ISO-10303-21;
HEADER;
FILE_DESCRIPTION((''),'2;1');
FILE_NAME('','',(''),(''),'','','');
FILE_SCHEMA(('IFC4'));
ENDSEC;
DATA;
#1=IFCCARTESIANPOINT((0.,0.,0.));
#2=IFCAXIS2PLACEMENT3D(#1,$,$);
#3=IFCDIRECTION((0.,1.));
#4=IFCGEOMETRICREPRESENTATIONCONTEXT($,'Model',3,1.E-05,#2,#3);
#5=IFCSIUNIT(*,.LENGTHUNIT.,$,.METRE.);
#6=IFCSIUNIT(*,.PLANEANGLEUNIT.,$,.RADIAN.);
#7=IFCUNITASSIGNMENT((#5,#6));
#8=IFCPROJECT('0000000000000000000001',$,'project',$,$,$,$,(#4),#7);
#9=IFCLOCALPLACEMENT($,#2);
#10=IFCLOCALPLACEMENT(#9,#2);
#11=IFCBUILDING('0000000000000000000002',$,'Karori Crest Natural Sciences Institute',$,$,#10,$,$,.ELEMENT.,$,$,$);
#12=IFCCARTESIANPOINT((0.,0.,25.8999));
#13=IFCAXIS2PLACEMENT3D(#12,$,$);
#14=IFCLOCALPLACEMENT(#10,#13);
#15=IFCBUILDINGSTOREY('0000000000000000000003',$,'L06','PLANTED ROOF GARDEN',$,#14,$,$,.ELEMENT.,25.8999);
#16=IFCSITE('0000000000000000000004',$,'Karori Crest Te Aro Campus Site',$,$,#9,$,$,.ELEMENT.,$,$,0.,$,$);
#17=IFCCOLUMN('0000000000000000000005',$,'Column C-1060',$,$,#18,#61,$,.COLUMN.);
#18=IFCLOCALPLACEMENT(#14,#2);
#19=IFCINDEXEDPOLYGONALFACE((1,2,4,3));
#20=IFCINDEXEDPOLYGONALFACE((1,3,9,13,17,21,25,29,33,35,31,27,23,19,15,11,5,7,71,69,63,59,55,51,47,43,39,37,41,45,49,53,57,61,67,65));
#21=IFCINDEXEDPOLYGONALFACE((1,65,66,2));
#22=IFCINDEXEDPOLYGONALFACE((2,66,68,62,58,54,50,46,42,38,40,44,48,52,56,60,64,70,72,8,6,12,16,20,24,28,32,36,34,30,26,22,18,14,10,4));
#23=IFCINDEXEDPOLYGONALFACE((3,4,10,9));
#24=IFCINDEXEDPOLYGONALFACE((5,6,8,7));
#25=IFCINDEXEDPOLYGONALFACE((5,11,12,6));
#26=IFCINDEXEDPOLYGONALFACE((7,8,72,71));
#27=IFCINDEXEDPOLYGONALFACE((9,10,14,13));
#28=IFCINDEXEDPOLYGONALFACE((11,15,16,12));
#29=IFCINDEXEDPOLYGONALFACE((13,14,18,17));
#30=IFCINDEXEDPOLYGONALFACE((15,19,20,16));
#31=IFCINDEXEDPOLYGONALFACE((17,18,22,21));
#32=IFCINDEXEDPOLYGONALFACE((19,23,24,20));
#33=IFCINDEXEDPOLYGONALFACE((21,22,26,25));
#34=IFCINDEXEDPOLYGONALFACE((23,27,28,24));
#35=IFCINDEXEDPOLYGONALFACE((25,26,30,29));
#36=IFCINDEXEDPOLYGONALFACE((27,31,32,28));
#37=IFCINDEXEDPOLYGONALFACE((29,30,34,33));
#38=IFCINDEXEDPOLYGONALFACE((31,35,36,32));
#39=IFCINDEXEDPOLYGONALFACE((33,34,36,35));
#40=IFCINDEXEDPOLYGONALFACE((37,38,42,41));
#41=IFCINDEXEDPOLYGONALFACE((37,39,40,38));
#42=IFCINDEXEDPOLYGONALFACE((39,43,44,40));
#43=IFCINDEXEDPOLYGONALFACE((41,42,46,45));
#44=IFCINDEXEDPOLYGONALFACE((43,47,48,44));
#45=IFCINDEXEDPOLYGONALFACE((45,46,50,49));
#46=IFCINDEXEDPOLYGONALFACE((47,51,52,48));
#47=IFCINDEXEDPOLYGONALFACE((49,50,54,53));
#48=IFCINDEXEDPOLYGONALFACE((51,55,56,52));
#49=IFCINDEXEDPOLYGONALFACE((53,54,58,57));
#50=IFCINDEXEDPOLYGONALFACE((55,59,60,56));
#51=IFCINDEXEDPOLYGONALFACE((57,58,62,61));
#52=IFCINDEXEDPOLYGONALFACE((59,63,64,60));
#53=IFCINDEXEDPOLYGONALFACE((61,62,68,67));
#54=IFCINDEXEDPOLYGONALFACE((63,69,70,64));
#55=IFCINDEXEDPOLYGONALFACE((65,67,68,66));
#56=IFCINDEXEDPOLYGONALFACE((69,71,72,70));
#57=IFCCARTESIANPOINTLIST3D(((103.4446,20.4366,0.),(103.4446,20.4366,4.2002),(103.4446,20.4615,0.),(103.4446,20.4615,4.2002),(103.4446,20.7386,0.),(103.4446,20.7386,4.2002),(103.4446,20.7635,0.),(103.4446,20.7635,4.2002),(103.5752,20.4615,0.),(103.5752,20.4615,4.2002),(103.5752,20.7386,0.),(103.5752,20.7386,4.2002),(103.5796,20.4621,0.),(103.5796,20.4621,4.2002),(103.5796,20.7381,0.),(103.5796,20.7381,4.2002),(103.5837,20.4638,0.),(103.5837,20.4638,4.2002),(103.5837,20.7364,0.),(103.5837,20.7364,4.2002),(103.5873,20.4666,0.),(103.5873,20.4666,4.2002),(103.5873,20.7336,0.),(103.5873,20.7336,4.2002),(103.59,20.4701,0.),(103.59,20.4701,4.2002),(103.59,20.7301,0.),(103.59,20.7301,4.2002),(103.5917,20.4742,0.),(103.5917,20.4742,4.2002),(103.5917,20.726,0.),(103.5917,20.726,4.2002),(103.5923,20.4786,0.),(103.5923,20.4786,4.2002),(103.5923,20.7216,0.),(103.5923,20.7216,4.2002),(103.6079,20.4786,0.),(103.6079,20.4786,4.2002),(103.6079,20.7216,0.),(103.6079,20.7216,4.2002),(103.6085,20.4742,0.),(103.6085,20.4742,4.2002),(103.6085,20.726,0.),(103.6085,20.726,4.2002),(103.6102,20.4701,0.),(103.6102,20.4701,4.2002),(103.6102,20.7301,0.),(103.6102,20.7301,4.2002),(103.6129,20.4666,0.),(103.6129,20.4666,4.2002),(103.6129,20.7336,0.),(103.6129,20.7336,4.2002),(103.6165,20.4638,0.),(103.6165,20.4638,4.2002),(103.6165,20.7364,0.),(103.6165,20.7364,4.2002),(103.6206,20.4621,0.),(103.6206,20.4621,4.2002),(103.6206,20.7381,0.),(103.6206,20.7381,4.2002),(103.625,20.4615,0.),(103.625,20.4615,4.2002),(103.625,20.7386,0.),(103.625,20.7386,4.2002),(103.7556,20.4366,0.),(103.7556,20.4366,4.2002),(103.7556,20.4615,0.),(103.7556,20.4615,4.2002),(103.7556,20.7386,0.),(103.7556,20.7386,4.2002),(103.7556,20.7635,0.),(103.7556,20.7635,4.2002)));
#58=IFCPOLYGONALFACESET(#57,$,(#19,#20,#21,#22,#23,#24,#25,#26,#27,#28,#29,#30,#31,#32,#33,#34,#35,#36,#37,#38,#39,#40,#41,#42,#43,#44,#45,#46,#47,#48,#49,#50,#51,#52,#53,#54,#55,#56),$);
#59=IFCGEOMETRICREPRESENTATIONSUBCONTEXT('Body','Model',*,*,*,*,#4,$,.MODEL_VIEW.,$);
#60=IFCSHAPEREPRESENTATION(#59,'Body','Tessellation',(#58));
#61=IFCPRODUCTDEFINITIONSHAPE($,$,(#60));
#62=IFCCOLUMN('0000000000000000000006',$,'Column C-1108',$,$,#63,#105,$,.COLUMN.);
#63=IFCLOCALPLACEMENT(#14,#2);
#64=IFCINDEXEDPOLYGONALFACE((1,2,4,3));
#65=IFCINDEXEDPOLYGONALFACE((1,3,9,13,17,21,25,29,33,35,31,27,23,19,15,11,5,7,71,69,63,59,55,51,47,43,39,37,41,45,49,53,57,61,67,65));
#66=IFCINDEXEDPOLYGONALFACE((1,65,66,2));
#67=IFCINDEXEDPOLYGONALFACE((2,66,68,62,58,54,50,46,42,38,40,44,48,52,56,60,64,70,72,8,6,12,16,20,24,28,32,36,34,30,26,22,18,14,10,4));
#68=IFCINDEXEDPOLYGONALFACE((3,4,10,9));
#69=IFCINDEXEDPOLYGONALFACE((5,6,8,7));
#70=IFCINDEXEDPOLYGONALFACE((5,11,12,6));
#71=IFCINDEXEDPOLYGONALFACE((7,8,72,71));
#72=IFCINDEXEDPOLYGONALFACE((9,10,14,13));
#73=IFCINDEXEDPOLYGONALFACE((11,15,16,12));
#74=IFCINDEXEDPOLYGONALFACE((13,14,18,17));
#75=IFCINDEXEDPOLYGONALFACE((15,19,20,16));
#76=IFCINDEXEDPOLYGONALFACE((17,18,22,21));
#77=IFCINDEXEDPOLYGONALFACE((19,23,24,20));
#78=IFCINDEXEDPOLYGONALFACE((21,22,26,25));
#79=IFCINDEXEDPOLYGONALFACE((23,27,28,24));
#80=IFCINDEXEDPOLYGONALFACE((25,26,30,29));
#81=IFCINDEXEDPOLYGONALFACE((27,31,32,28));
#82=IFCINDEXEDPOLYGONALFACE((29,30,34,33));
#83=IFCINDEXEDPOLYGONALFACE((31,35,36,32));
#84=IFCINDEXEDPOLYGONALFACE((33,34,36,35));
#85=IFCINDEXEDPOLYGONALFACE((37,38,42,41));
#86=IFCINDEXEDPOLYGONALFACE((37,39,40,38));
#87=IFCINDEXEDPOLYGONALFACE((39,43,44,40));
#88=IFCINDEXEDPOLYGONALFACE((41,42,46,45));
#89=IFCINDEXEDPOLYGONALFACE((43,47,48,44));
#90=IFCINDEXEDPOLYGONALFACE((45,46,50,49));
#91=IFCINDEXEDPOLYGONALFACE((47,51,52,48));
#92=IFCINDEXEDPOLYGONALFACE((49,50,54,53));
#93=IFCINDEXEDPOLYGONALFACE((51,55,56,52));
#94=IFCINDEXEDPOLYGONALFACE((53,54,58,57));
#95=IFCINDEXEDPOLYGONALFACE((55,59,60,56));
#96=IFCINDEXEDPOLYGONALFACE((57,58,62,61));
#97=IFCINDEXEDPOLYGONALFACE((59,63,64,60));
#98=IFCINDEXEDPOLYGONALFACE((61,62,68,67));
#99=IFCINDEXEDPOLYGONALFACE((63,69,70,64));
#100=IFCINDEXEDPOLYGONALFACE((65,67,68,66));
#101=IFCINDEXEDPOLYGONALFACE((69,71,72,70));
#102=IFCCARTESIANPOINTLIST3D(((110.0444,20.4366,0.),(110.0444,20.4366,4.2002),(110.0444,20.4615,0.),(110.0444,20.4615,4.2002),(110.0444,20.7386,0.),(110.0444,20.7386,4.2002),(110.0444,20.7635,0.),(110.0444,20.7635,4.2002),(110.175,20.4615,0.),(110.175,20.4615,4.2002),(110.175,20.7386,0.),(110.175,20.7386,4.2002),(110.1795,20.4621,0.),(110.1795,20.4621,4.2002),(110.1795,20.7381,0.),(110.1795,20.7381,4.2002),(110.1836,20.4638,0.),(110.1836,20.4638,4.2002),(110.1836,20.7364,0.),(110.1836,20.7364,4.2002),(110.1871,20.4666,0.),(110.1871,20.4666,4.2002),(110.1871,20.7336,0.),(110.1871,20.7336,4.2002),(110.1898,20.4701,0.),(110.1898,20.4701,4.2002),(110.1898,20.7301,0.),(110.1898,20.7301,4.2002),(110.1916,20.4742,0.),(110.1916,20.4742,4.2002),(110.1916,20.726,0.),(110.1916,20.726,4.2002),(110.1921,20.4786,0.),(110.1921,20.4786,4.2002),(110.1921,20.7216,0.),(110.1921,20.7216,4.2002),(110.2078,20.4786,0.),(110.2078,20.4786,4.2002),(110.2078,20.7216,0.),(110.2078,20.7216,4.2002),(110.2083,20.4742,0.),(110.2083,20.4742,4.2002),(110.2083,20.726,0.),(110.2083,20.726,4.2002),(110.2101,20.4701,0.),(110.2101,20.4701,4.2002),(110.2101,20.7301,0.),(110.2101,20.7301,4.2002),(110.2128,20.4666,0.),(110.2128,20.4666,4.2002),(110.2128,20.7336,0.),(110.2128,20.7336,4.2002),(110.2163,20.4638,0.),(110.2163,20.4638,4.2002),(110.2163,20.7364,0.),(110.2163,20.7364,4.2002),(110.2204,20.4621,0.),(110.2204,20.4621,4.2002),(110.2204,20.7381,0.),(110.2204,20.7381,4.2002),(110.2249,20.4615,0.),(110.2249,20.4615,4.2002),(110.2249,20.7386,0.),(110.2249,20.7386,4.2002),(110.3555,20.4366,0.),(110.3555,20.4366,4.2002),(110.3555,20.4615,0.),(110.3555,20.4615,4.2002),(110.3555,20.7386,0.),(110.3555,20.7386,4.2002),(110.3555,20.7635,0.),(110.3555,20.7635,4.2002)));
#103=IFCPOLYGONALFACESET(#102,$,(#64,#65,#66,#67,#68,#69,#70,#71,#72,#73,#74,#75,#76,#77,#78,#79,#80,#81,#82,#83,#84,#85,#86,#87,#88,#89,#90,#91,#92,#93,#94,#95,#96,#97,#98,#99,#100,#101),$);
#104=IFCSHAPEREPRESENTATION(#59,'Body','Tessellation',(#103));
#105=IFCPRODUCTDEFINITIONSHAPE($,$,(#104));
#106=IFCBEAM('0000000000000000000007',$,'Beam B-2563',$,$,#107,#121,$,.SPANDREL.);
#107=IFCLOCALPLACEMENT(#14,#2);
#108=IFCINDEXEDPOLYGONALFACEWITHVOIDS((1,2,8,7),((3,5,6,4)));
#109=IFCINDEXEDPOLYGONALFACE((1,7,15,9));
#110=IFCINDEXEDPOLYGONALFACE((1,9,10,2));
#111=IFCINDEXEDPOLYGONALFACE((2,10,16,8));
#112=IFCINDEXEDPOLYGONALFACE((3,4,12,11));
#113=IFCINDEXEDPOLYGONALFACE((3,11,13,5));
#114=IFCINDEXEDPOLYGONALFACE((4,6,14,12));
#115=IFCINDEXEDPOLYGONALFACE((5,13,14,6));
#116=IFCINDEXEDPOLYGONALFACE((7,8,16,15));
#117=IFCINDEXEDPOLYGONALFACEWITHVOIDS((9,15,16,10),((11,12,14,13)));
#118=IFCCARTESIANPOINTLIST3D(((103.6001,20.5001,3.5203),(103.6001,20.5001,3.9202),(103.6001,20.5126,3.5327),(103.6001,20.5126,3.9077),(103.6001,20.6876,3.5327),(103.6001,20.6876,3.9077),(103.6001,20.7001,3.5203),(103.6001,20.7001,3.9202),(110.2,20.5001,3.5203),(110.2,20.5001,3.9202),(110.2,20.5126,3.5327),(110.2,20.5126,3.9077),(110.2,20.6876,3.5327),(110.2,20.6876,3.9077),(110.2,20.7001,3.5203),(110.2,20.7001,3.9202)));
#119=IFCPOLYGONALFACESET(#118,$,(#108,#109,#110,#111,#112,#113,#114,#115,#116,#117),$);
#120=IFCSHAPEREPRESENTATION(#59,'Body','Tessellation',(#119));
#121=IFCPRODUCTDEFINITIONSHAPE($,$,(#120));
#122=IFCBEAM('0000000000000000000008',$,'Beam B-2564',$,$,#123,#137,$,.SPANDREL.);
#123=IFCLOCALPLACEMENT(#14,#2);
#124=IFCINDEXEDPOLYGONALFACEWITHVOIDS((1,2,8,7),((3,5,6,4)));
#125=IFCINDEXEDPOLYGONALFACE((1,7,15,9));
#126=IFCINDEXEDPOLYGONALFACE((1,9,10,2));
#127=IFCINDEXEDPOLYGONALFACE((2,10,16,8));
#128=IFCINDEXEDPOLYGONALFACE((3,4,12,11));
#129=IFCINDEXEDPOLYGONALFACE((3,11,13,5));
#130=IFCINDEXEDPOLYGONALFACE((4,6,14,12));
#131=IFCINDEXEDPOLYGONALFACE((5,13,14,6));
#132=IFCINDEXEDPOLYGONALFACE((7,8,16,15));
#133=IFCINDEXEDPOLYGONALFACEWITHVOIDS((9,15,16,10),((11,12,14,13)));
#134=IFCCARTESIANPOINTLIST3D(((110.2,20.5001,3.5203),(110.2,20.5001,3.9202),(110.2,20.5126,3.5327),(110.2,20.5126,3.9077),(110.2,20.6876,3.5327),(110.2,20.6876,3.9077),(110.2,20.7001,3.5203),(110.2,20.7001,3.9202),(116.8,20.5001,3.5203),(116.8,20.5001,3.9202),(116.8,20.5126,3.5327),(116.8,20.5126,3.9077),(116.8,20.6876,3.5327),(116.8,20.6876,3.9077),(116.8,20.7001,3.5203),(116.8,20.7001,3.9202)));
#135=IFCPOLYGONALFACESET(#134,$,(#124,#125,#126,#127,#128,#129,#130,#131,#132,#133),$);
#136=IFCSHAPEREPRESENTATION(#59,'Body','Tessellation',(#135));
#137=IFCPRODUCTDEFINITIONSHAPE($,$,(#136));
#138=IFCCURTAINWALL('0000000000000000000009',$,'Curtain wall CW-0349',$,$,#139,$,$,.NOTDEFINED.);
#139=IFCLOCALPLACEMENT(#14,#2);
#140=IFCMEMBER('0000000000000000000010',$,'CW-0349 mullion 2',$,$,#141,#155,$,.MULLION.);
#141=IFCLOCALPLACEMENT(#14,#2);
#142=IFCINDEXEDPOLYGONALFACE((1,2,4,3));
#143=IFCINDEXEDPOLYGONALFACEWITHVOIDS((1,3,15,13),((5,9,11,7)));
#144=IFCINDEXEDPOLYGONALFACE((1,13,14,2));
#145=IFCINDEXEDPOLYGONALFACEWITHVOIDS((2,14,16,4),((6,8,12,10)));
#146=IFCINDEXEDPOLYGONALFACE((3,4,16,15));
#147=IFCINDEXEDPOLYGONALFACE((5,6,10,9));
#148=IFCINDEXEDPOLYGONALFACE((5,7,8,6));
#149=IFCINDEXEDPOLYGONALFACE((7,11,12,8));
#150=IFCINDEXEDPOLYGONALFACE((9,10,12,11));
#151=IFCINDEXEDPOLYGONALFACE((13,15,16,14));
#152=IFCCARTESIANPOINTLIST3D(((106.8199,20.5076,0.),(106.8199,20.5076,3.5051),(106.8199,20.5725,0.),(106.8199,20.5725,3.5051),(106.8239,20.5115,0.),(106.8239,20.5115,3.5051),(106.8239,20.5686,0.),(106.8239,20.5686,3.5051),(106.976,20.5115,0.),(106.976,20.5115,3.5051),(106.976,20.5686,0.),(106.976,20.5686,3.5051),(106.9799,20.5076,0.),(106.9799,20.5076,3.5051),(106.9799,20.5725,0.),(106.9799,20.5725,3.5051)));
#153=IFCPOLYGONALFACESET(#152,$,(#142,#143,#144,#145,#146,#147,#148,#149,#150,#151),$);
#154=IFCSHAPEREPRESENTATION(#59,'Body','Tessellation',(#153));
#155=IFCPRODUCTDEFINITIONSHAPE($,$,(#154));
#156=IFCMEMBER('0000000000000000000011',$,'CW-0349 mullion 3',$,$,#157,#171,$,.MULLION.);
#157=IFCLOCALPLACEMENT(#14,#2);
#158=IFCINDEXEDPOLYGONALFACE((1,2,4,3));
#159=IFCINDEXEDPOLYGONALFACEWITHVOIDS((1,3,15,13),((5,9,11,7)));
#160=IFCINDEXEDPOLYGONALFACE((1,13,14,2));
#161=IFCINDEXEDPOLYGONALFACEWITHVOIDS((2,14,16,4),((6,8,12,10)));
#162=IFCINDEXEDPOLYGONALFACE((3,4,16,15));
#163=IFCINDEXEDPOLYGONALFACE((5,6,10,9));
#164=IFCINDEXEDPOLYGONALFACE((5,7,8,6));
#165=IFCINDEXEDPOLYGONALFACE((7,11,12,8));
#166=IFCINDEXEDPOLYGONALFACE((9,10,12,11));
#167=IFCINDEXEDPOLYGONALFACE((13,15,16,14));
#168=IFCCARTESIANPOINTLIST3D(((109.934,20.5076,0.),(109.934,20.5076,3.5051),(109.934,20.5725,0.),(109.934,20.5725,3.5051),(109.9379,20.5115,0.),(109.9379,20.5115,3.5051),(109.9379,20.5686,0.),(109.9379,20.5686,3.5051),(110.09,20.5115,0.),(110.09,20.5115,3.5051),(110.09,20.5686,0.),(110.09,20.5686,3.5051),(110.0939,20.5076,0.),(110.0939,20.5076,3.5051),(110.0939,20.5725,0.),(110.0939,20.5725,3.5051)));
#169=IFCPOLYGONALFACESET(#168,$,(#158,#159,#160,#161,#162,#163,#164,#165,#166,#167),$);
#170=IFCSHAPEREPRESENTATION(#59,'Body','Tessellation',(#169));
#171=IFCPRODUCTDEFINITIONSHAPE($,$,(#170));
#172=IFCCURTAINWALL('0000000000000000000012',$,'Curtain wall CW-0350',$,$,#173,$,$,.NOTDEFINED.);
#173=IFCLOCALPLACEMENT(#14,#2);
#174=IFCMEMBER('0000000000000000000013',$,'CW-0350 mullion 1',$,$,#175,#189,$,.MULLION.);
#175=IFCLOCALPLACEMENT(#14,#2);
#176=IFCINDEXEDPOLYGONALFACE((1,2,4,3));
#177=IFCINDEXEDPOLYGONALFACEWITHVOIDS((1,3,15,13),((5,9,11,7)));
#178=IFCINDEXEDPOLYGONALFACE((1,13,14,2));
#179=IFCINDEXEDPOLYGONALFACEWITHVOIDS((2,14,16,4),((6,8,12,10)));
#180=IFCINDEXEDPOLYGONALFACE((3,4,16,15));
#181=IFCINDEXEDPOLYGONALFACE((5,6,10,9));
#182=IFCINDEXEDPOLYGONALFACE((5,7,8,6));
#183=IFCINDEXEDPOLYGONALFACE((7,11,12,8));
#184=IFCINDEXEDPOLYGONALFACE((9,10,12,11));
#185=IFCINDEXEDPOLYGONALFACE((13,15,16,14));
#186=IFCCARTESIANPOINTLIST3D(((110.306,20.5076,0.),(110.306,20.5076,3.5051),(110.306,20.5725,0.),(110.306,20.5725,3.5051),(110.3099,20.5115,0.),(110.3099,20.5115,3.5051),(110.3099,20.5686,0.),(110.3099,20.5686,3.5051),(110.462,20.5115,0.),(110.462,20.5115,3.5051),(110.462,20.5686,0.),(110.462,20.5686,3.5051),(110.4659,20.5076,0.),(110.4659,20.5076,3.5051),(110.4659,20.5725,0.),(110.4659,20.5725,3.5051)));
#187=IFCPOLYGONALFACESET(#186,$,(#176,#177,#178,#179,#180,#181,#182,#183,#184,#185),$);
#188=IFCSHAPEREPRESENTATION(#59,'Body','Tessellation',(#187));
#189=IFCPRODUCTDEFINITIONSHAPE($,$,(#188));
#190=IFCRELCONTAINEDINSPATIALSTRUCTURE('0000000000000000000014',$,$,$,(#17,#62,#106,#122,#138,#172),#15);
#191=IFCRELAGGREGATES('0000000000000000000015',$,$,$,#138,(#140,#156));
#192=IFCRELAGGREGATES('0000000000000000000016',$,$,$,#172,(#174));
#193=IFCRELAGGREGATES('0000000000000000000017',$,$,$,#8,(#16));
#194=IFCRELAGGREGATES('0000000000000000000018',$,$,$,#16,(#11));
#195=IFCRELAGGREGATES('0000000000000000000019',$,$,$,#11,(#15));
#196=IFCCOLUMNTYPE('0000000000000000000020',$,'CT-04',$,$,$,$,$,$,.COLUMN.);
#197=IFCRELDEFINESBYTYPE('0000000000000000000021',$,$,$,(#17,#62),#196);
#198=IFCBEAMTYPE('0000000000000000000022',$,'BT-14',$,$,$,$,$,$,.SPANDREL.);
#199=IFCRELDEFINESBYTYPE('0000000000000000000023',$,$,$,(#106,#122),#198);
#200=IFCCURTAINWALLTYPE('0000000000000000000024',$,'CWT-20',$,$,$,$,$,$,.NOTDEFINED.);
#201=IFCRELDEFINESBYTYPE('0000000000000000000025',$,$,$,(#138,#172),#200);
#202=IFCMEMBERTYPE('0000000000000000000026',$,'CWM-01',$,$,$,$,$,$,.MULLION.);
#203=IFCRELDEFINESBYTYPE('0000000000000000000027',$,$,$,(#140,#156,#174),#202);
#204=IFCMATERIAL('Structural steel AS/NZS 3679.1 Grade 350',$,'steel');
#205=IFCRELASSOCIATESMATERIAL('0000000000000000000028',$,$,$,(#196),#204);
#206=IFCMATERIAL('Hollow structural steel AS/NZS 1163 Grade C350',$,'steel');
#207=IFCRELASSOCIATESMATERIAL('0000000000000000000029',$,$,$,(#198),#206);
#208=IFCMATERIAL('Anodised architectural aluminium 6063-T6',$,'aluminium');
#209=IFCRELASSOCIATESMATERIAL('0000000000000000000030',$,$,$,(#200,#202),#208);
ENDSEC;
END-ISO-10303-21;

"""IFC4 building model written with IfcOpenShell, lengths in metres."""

from ifc_helpers import new_model, si_unit, direction, frame, origin, origin_2d, place, context, subcontext, project, spatial, hollow_rectangle, i_section, extrude, material, material_profile, profile_set, type_object, element, aggregate, save


model = new_model("IFC4")

# Units and contexts
model_context = context("Model", 3, precision=1e-05, world=origin(), true_north=direction((0.0, 1.0)))
body_context = subcontext(model_context, "Body", "Model", "MODEL_VIEW")
ifc_project = project(units=[si_unit("LENGTHUNIT", "METRE"), si_unit("PLANEANGLEUNIT", "RADIAN")], contexts=[model_context])

# Site, building, storey
site_placement = place(None, origin())
site = spatial("IfcSite", under=ifc_project, at=site_placement, Name="Karori Crest Te Aro Campus Site", CompositionType="ELEMENT", RefElevation=0.0)
building_placement = place(site_placement, origin())
building = spatial("IfcBuilding", under=site, at=building_placement, Name="Karori Crest Natural Sciences Institute", CompositionType="ELEMENT")
storey_placement = place(building_placement, frame((0.0, 0.0, 25.8999)))
storey = spatial("IfcBuildingStorey", under=building, at=storey_placement, Name="L06", Description="PLANTED ROOF GARDEN", CompositionType="ELEMENT", Elevation=25.8999)

# Columns
ifc_material_1 = material(Name="Structural steel AS/NZS 3679.1 Grade 350", Category="steel")
ifc_material_profile_1 = material_profile(ifc_material_1, i_section(OverallWidth=0.311, OverallDepth=0.3269, WebThickness=0.0156, FlangeThickness=0.0249, FilletRadius=0.0171, at=origin_2d()), Name="310UC158")
ifc_profile_set_1 = profile_set([ifc_material_profile_1], Name="Structural steel AS/NZS 3679.1 Grade 350")
column_type = type_object("IfcColumnType", Name="CT-04", PredefinedType="COLUMN", material=ifc_profile_set_1)
for number, where, z_axis, x_axis, name in (
    (1, (103.6001, 20.6001, 0.0), (0.0, 0.0, 1.0), (1.0, 0.0, 0.0), "Column C-1060"),
    (2, (110.2, 20.6001, 0.0), (0.0, 0.0, 1.0), (1.0, 0.0, 0.0), "Column C-1108"),
):
    element("IfcColumn", number, at=place(storey_placement, frame(where, z_axis=z_axis, x_axis=x_axis)), inside=storey, type_object=column_type, Name=name, PredefinedType="COLUMN", context=body_context, shape_type="SweptSolid", body=[
        extrude(i_section(OverallWidth=0.311, OverallDepth=0.3269, WebThickness=0.0156, FlangeThickness=0.0249, FilletRadius=0.0171, at=origin_2d()), origin(), (0.0, 0.0, 1.0), 4.2002),
    ])

# Beams
ifc_material_2 = material(Name="Hollow structural steel AS/NZS 1163 Grade C350", Category="steel")
ifc_material_profile_2 = material_profile(ifc_material_2, hollow_rectangle(XDim=0.2, YDim=0.3999, WallThickness=0.0125, at=origin_2d()), Name="RHS400x200x12.5")
ifc_profile_set_2 = profile_set([ifc_material_profile_2], Name="Hollow structural steel AS/NZS 1163 Grade C350")
beam_type = type_object("IfcBeamType", Name="BT-14", PredefinedType="SPANDREL", material=ifc_profile_set_2)
beam_1_placement = place(storey_placement, frame((103.6001, 20.6001, 3.7202), z_axis=(1.0, 0.0, 0.0), x_axis=(0.0, 1.0, 0.0)))
element("IfcBeam", 3, at=beam_1_placement, inside=storey, type_object=beam_type, Name="Beam B-2563", PredefinedType="SPANDREL", context=body_context, shape_type="SweptSolid", body=[
    extrude(hollow_rectangle(XDim=0.2, YDim=0.3999, WallThickness=0.0125, at=origin_2d()), origin(), (0.0, 0.0, 1.0), 6.5999),
])
beam_2_placement = place(storey_placement, frame((110.2, 20.6001, 3.7202), z_axis=(1.0, 0.0, 0.0), x_axis=(0.0, 1.0, 0.0)))
element("IfcBeam", 4, at=beam_2_placement, inside=storey, type_object=beam_type, Name="Beam B-2564", PredefinedType="SPANDREL", context=body_context, shape_type="SweptSolid", body=[
    extrude(hollow_rectangle(XDim=0.2, YDim=0.3999, WallThickness=0.0125, at=origin_2d()), origin(), (0.0, 0.0, 1.0), 6.6001),
])

# Curtain walls, members
ifc_material_3 = material(Name="Anodised architectural aluminium 6063-T6", Category="aluminium")
curtain_wall_type = type_object("IfcCurtainWallType", Name="CWT-20", PredefinedType="NOTDEFINED", material=ifc_material_3)
curtain_wall_1_placement = place(storey_placement, origin())
curtain_wall_1 = element("IfcCurtainWall", 5, at=curtain_wall_1_placement, inside=storey, type_object=curtain_wall_type, Name="Curtain wall CW-0349", PredefinedType="NOTDEFINED")
ifc_material_profile_3 = material_profile(ifc_material_3, hollow_rectangle(XDim=0.0649, YDim=0.1599, WallThickness=0.0039, at=origin_2d()), Name="CWM160x65x4")
ifc_profile_set_3 = profile_set([ifc_material_profile_3], Name="Anodised architectural aluminium 6063-T6")
member_type_1 = type_object("IfcMemberType", Name="CWM-01", PredefinedType="MULLION", material=ifc_profile_set_3)
member_1_placement = place(storey_placement, frame((106.8999, 20.54, 0.0), z_axis=(0.0, 0.0, 1.0), x_axis=(0.0, 1.0, 0.0)))
member_1 = element("IfcMember", 6, at=member_1_placement, type_object=member_type_1, Name="CW-0349 mullion 2", PredefinedType="MULLION", context=body_context, shape_type="SweptSolid", body=[
    extrude(hollow_rectangle(XDim=0.0649, YDim=0.1599, WallThickness=0.0039, at=origin_2d()), origin(), (0.0, 0.0, 1.0), 3.5051),
])
member_2_placement = place(storey_placement, frame((110.0139, 20.54, 0.0), z_axis=(0.0, 0.0, 1.0), x_axis=(0.0, 1.0, 0.0)))
member_2 = element("IfcMember", 7, at=member_2_placement, type_object=member_type_1, Name="CW-0349 mullion 3", PredefinedType="MULLION", context=body_context, shape_type="SweptSolid", body=[
    extrude(hollow_rectangle(XDim=0.0649, YDim=0.1599, WallThickness=0.0039, at=origin_2d()), origin(), (0.0, 0.0, 1.0), 3.5051),
])
curtain_wall_2_placement = place(storey_placement, origin())
curtain_wall_2 = element("IfcCurtainWall", 8, at=curtain_wall_2_placement, inside=storey, type_object=curtain_wall_type, Name="Curtain wall CW-0350", PredefinedType="NOTDEFINED")
member_3_placement = place(storey_placement, frame((110.386, 20.54, 0.0), z_axis=(0.0, 0.0, 1.0), x_axis=(0.0, 1.0, 0.0)))
member_3 = element("IfcMember", 9, at=member_3_placement, type_object=member_type_1, Name="CW-0350 mullion 1", PredefinedType="MULLION", context=body_context, shape_type="SweptSolid", body=[
    extrude(hollow_rectangle(XDim=0.0649, YDim=0.1599, WallThickness=0.0039, at=origin_2d()), origin(), (0.0, 0.0, 1.0), 3.5051),
])

aggregate(curtain_wall_1, [member_1, member_2])
aggregate(curtain_wall_2, [member_3])

save(model, "model.ifc")
